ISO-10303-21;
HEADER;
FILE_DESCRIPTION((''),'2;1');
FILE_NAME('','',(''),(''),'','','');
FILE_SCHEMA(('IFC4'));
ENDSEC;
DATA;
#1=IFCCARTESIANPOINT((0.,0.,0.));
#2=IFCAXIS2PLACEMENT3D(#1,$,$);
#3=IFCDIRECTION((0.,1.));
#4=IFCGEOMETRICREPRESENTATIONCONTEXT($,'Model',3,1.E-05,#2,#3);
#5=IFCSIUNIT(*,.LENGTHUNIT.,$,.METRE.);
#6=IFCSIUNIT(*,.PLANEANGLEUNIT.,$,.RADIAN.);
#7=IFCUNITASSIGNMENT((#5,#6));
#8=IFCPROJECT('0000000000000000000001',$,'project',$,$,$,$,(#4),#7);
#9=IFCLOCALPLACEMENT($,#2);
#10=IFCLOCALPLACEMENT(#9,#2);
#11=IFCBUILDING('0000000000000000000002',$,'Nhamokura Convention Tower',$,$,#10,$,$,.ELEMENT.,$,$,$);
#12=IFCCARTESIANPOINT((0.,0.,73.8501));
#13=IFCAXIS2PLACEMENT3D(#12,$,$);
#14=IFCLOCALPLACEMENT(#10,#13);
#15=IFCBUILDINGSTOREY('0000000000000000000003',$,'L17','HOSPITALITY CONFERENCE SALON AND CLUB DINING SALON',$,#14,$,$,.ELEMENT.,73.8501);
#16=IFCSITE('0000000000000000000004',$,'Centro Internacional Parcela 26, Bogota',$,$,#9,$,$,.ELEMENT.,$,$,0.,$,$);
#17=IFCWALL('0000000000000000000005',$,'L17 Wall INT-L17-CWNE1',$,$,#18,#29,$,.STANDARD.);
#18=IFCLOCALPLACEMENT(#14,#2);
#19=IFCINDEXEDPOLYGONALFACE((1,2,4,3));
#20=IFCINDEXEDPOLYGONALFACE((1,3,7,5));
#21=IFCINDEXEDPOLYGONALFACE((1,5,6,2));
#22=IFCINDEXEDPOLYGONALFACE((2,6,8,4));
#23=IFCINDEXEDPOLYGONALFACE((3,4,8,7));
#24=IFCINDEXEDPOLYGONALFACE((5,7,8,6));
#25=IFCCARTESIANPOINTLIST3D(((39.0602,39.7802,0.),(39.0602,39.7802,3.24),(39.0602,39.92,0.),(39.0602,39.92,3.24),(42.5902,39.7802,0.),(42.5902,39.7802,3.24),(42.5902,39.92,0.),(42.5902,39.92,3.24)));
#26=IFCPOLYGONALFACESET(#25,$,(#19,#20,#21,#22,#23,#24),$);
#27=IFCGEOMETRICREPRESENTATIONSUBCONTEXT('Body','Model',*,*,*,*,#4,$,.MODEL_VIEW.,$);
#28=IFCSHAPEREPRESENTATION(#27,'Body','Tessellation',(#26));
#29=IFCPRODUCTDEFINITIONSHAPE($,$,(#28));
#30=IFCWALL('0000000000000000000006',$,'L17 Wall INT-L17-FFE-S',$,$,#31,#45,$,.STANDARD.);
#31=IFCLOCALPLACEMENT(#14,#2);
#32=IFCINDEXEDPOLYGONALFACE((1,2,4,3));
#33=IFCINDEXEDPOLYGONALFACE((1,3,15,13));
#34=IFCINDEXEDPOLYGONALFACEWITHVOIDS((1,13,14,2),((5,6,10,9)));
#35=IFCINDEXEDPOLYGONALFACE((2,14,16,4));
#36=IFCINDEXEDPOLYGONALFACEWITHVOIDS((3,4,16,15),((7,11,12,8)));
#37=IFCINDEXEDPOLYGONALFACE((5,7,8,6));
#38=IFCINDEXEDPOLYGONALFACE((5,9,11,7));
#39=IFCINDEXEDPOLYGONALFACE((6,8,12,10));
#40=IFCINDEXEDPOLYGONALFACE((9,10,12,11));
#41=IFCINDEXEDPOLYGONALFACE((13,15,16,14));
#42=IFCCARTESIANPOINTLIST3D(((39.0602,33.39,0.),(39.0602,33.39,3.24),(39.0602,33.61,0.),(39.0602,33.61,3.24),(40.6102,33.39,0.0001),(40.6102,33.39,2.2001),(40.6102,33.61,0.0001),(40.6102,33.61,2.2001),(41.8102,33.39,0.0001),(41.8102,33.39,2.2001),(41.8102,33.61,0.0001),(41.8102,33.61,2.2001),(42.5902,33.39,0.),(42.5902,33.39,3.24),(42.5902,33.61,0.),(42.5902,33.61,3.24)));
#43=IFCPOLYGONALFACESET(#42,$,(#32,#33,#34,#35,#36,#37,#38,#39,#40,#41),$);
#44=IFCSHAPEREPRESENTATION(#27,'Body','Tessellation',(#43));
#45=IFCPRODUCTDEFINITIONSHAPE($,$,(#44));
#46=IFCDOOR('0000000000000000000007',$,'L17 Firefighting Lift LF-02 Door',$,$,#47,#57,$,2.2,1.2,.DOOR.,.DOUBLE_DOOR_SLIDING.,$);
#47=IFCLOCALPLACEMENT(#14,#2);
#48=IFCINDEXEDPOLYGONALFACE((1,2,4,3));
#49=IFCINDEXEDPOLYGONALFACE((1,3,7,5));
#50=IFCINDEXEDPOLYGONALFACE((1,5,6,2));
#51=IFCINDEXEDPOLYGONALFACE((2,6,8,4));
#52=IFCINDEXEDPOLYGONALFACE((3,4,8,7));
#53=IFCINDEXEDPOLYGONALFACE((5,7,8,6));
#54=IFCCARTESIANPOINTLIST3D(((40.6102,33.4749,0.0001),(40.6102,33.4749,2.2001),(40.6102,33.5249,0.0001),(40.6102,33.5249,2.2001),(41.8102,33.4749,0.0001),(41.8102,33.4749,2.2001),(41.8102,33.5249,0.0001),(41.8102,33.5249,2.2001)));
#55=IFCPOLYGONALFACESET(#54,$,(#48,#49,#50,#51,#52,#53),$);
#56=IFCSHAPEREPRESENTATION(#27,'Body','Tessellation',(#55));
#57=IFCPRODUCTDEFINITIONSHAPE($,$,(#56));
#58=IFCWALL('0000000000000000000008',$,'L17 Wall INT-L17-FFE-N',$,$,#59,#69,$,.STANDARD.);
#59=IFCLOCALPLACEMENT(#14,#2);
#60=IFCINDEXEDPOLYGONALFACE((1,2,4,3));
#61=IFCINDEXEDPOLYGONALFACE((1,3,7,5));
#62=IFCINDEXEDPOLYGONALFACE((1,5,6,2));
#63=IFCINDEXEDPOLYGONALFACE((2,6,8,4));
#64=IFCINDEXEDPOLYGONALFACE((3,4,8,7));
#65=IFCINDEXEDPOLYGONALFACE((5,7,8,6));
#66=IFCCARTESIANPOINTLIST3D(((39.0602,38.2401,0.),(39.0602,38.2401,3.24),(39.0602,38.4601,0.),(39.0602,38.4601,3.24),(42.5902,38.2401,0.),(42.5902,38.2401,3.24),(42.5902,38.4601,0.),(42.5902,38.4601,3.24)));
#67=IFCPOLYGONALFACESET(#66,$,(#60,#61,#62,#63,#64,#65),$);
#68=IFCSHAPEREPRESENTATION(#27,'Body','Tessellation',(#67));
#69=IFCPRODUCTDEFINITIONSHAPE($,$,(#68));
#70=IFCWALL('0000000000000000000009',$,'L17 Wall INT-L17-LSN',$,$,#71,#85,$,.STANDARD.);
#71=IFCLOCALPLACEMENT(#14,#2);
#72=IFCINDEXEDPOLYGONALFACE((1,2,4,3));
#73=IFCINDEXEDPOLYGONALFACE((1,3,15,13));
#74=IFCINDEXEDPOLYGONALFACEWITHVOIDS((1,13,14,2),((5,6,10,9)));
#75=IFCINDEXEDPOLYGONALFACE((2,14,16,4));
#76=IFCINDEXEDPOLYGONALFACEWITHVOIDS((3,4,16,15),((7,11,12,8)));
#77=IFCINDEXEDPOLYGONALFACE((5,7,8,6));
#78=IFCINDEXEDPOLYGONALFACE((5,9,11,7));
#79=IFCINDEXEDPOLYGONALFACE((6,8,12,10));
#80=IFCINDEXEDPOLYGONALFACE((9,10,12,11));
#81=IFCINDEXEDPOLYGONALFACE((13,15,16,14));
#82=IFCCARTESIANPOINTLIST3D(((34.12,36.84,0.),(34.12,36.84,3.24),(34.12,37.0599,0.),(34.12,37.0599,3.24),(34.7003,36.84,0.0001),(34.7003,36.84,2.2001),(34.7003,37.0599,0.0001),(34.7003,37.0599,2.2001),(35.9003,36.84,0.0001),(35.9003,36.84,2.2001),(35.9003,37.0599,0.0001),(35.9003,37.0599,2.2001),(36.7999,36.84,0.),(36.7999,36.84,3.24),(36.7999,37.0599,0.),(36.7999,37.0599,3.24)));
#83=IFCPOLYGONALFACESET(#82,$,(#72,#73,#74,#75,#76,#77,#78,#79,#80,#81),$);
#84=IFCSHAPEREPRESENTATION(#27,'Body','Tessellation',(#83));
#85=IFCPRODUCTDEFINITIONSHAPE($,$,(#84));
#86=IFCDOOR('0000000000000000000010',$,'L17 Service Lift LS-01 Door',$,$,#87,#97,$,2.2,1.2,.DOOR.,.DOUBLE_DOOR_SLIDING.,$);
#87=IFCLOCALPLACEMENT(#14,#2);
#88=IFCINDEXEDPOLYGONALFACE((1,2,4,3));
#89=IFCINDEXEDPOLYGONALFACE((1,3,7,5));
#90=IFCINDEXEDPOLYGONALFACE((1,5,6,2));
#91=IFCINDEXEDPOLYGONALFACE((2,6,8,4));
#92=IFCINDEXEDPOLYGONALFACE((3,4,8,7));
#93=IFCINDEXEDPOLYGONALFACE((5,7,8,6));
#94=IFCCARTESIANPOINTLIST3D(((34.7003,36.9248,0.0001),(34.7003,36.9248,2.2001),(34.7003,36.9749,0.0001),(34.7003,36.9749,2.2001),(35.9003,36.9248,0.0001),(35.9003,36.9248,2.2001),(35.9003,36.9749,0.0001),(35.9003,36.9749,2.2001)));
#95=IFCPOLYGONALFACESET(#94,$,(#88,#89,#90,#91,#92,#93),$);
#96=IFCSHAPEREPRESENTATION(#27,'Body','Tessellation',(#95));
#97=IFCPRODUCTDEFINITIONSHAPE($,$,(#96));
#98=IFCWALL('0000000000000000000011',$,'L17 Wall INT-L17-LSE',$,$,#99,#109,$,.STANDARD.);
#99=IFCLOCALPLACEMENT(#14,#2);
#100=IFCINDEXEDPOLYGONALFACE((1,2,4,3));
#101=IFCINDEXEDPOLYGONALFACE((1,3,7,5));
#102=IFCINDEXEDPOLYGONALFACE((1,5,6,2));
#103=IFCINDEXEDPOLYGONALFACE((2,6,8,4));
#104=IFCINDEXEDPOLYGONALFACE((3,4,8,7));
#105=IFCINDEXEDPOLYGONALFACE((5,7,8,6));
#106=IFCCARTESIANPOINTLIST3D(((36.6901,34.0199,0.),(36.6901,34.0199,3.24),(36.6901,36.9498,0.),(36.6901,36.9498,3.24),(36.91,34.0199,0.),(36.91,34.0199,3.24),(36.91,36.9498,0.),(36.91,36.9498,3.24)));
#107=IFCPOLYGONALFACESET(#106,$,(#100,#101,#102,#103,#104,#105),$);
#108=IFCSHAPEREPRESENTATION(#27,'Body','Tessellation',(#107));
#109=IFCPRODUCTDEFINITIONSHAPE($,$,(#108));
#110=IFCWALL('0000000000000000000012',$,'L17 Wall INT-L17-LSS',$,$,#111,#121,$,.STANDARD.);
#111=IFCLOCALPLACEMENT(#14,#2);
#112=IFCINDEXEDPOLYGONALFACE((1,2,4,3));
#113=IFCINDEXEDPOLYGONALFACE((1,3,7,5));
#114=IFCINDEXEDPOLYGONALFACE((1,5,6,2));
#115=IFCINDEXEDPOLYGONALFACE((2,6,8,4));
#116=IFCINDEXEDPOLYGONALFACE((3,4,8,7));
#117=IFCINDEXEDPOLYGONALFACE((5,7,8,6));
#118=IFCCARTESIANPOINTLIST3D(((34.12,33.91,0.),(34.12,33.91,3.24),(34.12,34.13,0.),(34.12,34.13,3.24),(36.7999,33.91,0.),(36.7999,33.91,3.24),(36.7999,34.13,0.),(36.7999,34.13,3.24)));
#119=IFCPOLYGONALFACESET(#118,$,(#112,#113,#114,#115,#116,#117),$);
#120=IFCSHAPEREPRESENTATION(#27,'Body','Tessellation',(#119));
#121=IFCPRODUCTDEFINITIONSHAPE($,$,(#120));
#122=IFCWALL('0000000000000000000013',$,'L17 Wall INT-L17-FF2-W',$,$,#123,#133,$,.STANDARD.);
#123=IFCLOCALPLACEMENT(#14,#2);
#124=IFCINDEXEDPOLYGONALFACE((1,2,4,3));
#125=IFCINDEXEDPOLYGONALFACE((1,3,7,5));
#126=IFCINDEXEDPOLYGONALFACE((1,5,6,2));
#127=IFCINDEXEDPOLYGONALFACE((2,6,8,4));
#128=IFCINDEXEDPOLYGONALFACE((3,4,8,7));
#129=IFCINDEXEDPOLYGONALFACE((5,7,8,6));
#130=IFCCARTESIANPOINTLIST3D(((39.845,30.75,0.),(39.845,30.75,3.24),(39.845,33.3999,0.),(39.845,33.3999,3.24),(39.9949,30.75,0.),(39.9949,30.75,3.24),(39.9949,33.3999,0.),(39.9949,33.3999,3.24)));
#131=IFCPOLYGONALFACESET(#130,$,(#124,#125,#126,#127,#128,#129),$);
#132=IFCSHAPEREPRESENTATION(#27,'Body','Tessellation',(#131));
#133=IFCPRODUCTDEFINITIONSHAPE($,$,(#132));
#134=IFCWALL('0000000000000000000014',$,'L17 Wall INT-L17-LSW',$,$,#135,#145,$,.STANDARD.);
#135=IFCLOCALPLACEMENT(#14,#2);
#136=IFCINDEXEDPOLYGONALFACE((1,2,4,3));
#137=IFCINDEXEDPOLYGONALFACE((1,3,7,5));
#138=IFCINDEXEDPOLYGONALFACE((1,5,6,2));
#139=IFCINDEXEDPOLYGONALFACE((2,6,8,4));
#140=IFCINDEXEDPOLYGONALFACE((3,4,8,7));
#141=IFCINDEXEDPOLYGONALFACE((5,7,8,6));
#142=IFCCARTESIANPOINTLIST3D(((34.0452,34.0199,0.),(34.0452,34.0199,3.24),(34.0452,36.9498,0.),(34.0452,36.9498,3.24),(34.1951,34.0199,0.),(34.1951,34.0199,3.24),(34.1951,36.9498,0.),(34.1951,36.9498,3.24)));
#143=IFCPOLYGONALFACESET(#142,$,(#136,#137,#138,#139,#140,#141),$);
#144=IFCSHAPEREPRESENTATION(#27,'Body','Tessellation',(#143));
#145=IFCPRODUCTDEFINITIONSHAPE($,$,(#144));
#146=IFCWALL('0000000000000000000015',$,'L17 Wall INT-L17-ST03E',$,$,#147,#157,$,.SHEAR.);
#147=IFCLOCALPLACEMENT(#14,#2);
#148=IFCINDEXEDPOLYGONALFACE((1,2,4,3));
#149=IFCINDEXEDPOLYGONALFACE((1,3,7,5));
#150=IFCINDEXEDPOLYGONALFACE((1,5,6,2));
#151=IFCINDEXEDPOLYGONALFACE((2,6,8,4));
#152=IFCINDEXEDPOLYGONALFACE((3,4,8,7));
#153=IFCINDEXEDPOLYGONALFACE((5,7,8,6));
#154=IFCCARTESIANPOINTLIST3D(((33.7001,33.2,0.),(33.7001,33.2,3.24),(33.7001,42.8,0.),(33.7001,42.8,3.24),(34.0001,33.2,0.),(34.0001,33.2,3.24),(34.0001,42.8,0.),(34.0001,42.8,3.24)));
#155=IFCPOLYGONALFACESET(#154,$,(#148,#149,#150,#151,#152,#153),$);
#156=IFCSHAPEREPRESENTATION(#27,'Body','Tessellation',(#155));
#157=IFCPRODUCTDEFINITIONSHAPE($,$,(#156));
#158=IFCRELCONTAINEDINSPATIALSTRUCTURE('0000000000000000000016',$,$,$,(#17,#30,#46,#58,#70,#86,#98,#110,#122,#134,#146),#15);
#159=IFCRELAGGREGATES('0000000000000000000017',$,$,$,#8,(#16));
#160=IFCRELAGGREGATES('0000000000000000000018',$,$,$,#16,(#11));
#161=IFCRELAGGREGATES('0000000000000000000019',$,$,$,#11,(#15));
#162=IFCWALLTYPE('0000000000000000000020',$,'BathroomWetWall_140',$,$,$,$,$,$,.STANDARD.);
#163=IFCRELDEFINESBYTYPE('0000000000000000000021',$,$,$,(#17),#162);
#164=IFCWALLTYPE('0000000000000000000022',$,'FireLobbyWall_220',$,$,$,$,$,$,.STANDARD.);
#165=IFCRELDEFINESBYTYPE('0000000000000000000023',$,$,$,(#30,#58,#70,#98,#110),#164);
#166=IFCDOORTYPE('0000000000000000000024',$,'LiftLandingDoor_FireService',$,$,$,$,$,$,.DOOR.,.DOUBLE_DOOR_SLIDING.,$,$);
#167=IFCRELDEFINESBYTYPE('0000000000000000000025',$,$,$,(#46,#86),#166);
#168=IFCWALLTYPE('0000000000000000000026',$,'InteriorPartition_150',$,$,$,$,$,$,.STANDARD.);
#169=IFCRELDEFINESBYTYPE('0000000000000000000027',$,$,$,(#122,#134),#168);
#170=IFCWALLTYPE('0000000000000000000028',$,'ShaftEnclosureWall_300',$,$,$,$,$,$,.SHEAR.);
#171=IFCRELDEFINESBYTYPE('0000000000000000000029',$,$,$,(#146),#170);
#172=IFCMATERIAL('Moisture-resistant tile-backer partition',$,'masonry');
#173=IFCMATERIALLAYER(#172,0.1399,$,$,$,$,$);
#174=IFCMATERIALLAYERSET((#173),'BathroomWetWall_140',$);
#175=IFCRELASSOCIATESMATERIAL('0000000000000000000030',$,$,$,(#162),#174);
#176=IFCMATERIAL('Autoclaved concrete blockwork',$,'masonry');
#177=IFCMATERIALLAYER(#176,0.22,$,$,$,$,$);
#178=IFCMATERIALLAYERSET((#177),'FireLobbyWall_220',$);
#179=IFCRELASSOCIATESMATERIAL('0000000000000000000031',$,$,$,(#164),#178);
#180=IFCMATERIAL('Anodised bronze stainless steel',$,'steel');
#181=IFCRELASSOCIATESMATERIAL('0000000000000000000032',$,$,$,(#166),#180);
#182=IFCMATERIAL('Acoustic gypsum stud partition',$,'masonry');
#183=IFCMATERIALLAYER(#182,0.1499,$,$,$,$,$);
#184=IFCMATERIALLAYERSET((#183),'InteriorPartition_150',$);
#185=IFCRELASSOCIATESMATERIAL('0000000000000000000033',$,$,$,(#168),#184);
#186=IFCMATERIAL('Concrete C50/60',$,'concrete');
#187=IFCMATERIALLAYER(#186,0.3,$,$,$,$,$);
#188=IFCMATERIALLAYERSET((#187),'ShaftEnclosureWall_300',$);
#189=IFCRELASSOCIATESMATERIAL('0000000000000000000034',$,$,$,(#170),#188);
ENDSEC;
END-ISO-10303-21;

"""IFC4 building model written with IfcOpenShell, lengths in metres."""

from ifc_helpers import new_model, si_unit, direction, frame, frame_2d, origin, place, context, subcontext, project, spatial, rectangle, extrude, material, layer, layer_set, type_object, element, fill, save


model = new_model("IFC4")

# Units and contexts
model_context = context("Model", 3, precision=1e-05, world=origin(), true_north=direction((0.0, 1.0)))
body_context = subcontext(model_context, "Body", "Model", "MODEL_VIEW")
ifc_project = project(units=[si_unit("LENGTHUNIT", "METRE"), si_unit("PLANEANGLEUNIT", "RADIAN")], contexts=[model_context])

# Site, building, storey
site_placement = place(None, origin())
site = spatial("IfcSite", under=ifc_project, at=site_placement, Name="Centro Internacional Parcela 26, Bogota", CompositionType="ELEMENT", RefElevation=0.0)
building_placement = place(site_placement, origin())
building = spatial("IfcBuilding", under=site, at=building_placement, Name="Nhamokura Convention Tower", CompositionType="ELEMENT")
storey_placement = place(building_placement, frame((0.0, 0.0, 73.8501)))
storey = spatial("IfcBuildingStorey", under=building, at=storey_placement, Name="L17", Description="HOSPITALITY CONFERENCE SALON AND CLUB DINING SALON", CompositionType="ELEMENT", Elevation=73.8501)

# Wall
ifc_material_1 = material(Name="Moisture-resistant tile-backer partition", Category="masonry")
ifc_layer_1 = layer(ifc_material_1, 0.1399)
ifc_layer_set_1 = layer_set([ifc_layer_1], Name="BathroomWetWall_140")
wall_type_1 = type_object("IfcWallType", Name="BathroomWetWall_140", PredefinedType="STANDARD", material=ifc_layer_set_1)
wall_1_placement = place(storey_placement, frame((39.0601, 39.8501, 0.0), z_axis=(0.0, 0.0, 1.0), x_axis=(1.0, 0.0, 0.0)))
element("IfcWall", 1, at=wall_1_placement, inside=storey, type_object=wall_type_1, Name="L17 Wall INT-L17-CWNE1", PredefinedType="STANDARD", context=body_context, shape_type="SweptSolid", body=[
    extrude(rectangle(XDim=3.53, YDim=0.1399, at=frame_2d((1.7651, 0.0))), origin(), (0.0, 0.0, 1.0), 3.24),
])

# Wall, opening, door
ifc_material_2 = material(Name="Autoclaved concrete blockwork", Category="masonry")
ifc_layer_2 = layer(ifc_material_2, 0.22)
ifc_layer_set_2 = layer_set([ifc_layer_2], Name="FireLobbyWall_220")
wall_type_2 = type_object("IfcWallType", Name="FireLobbyWall_220", PredefinedType="STANDARD", material=ifc_layer_set_2)
wall_2_placement = place(storey_placement, frame((39.0601, 33.5, 0.0), z_axis=(0.0, 0.0, 1.0), x_axis=(1.0, 0.0, 0.0)))
wall_2 = element("IfcWall", 2, at=wall_2_placement, inside=storey, type_object=wall_type_2, Name="L17 Wall INT-L17-FFE-S", PredefinedType="STANDARD", context=body_context, shape_type="SweptSolid", body=[
    extrude(rectangle(XDim=3.53, YDim=0.22, at=frame_2d((1.7651, 0.0))), origin(), (0.0, 0.0, 1.0), 3.24),
])
opening_1_placement = place(wall_2_placement, frame((1.55, 0.0, 0.0)))
opening_1 = element("IfcOpeningElement", 3, at=opening_1_placement, cuts=wall_2, PredefinedType="OPENING", context=body_context, shape_type="SweptSolid", body=[
    extrude(rectangle(XDim=1.2, YDim=2.2, at=frame_2d((0.6001, 1.1001))), frame((0.0, 0.1199, 0.0), z_axis=(0.0, -1.0, 0.0), x_axis=(1.0, 0.0, 0.0)), (0.0, 0.0, 1.0), 0.24),
])
ifc_material_3 = material(Name="Anodised bronze stainless steel", Category="steel")
door_type_1 = type_object("IfcDoorType", Name="LiftLandingDoor_FireService", OperationType="DOUBLE_DOOR_SLIDING", PredefinedType="DOOR", material=ifc_material_3)
door_1_placement = place(opening_1_placement, origin())
door_1 = element("IfcDoor", 4, at=door_1_placement, inside=storey, type_object=door_type_1, Name="L17 Firefighting Lift LF-02 Door", OperationType="DOUBLE_DOOR_SLIDING", OverallHeight=2.2, OverallWidth=1.2, PredefinedType="DOOR", context=body_context, shape_type="SweptSolid", body=[
    extrude(rectangle(XDim=1.2, YDim=2.2, at=frame_2d((0.6001, 1.1001))), frame((0.0, 0.0249, 0.0), z_axis=(0.0, -1.0, 0.0), x_axis=(1.0, 0.0, 0.0)), (0.0, 0.0, 1.0), 0.05),
])
fill(opening_1, door_1)

# Wall
wall_3_placement = place(storey_placement, frame((39.0601, 38.3501, 0.0), z_axis=(0.0, 0.0, 1.0), x_axis=(1.0, 0.0, 0.0)))
element("IfcWall", 5, at=wall_3_placement, inside=storey, type_object=wall_type_2, Name="L17 Wall INT-L17-FFE-N", PredefinedType="STANDARD", context=body_context, shape_type="SweptSolid", body=[
    extrude(rectangle(XDim=3.53, YDim=0.22, at=frame_2d((1.7651, 0.0))), origin(), (0.0, 0.0, 1.0), 3.24),
])

# Wall, opening, door
wall_4_placement = place(storey_placement, frame((34.1201, 36.95, 0.0), z_axis=(0.0, 0.0, 1.0), x_axis=(1.0, 0.0, 0.0)))
wall_4 = element("IfcWall", 6, at=wall_4_placement, inside=storey, type_object=wall_type_2, Name="L17 Wall INT-L17-LSN", PredefinedType="STANDARD", context=body_context, shape_type="SweptSolid", body=[
    extrude(rectangle(XDim=2.6799, YDim=0.22, at=frame_2d((1.3398, 0.0))), origin(), (0.0, 0.0, 1.0), 3.24),
])
opening_2_placement = place(wall_4_placement, frame((0.5801, 0.0, 0.0)))
opening_2 = element("IfcOpeningElement", 7, at=opening_2_placement, cuts=wall_4, PredefinedType="OPENING", context=body_context, shape_type="SweptSolid", body=[
    extrude(rectangle(XDim=1.2, YDim=2.2, at=frame_2d((0.6001, 1.1001))), frame((0.0, 0.1199, 0.0), z_axis=(0.0, -1.0, 0.0), x_axis=(1.0, 0.0, 0.0)), (0.0, 0.0, 1.0), 0.24),
])
door_2_placement = place(opening_2_placement, origin())
door_2 = element("IfcDoor", 8, at=door_2_placement, inside=storey, type_object=door_type_1, Name="L17 Service Lift LS-01 Door", OperationType="DOUBLE_DOOR_SLIDING", OverallHeight=2.2, OverallWidth=1.2, PredefinedType="DOOR", context=body_context, shape_type="SweptSolid", body=[
    extrude(rectangle(XDim=1.2, YDim=2.2, at=frame_2d((0.6001, 1.1001))), frame((0.0, 0.0249, 0.0), z_axis=(0.0, -1.0, 0.0), x_axis=(1.0, 0.0, 0.0)), (0.0, 0.0, 1.0), 0.05),
])
fill(opening_2, door_2)

# Walls
wall_5_placement = place(storey_placement, frame((36.8, 34.02, 0.0), z_axis=(0.0, 0.0, 1.0), x_axis=(0.0, 1.0, 0.0)))
element("IfcWall", 9, at=wall_5_placement, inside=storey, type_object=wall_type_2, Name="L17 Wall INT-L17-LSE", PredefinedType="STANDARD", context=body_context, shape_type="SweptSolid", body=[
    extrude(rectangle(XDim=2.9299, YDim=0.22, at=frame_2d((1.4648, 0.0))), origin(), (0.0, 0.0, 1.0), 3.24),
])
wall_6_placement = place(storey_placement, frame((34.1201, 34.02, 0.0), z_axis=(0.0, 0.0, 1.0), x_axis=(1.0, 0.0, 0.0)))
element("IfcWall", 10, at=wall_6_placement, inside=storey, type_object=wall_type_2, Name="L17 Wall INT-L17-LSS", PredefinedType="STANDARD", context=body_context, shape_type="SweptSolid", body=[
    extrude(rectangle(XDim=2.6799, YDim=0.22, at=frame_2d((1.3398, 0.0))), origin(), (0.0, 0.0, 1.0), 3.24),
])
ifc_material_4 = material(Name="Acoustic gypsum stud partition", Category="masonry")
ifc_layer_3 = layer(ifc_material_4, 0.1499)
ifc_layer_set_3 = layer_set([ifc_layer_3], Name="InteriorPartition_150")
wall_type_3 = type_object("IfcWallType", Name="InteriorPartition_150", PredefinedType="STANDARD", material=ifc_layer_set_3)
wall_7_placement = place(storey_placement, frame((39.9199, 30.75, 0.0), z_axis=(0.0, 0.0, 1.0), x_axis=(0.0, 1.0, 0.0)))
element("IfcWall", 11, at=wall_7_placement, inside=storey, type_object=wall_type_3, Name="L17 Wall INT-L17-FF2-W", PredefinedType="STANDARD", context=body_context, shape_type="SweptSolid", body=[
    extrude(rectangle(XDim=2.6499, YDim=0.1499, at=frame_2d((1.325, 0.0))), origin(), (0.0, 0.0, 1.0), 3.24),
])
wall_8_placement = place(storey_placement, frame((34.1201, 34.02, 0.0), z_axis=(0.0, 0.0, 1.0), x_axis=(0.0, 1.0, 0.0)))
element("IfcWall", 12, at=wall_8_placement, inside=storey, type_object=wall_type_3, Name="L17 Wall INT-L17-LSW", PredefinedType="STANDARD", context=body_context, shape_type="SweptSolid", body=[
    extrude(rectangle(XDim=2.9299, YDim=0.1499, at=frame_2d((1.4648, 0.0))), origin(), (0.0, 0.0, 1.0), 3.24),
])
ifc_material_5 = material(Name="Concrete C50/60", Category="concrete")
ifc_layer_4 = layer(ifc_material_5, 0.3)
ifc_layer_set_4 = layer_set([ifc_layer_4], Name="ShaftEnclosureWall_300")
wall_type_4 = type_object("IfcWallType", Name="ShaftEnclosureWall_300", PredefinedType="SHEAR", material=ifc_layer_set_4)
wall_9_placement = place(storey_placement, frame((33.8501, 33.2, 0.0), z_axis=(0.0, 0.0, 1.0), x_axis=(0.0, 1.0, 0.0)))
element("IfcWall", 13, at=wall_9_placement, inside=storey, type_object=wall_type_4, Name="L17 Wall INT-L17-ST03E", PredefinedType="SHEAR", context=body_context, shape_type="SweptSolid", body=[
    extrude(rectangle(XDim=9.6001, YDim=0.3, at=frame_2d((4.8, 0.0))), origin(), (0.0, 0.0, 1.0), 3.24),
])

save(model, "model.ifc")
